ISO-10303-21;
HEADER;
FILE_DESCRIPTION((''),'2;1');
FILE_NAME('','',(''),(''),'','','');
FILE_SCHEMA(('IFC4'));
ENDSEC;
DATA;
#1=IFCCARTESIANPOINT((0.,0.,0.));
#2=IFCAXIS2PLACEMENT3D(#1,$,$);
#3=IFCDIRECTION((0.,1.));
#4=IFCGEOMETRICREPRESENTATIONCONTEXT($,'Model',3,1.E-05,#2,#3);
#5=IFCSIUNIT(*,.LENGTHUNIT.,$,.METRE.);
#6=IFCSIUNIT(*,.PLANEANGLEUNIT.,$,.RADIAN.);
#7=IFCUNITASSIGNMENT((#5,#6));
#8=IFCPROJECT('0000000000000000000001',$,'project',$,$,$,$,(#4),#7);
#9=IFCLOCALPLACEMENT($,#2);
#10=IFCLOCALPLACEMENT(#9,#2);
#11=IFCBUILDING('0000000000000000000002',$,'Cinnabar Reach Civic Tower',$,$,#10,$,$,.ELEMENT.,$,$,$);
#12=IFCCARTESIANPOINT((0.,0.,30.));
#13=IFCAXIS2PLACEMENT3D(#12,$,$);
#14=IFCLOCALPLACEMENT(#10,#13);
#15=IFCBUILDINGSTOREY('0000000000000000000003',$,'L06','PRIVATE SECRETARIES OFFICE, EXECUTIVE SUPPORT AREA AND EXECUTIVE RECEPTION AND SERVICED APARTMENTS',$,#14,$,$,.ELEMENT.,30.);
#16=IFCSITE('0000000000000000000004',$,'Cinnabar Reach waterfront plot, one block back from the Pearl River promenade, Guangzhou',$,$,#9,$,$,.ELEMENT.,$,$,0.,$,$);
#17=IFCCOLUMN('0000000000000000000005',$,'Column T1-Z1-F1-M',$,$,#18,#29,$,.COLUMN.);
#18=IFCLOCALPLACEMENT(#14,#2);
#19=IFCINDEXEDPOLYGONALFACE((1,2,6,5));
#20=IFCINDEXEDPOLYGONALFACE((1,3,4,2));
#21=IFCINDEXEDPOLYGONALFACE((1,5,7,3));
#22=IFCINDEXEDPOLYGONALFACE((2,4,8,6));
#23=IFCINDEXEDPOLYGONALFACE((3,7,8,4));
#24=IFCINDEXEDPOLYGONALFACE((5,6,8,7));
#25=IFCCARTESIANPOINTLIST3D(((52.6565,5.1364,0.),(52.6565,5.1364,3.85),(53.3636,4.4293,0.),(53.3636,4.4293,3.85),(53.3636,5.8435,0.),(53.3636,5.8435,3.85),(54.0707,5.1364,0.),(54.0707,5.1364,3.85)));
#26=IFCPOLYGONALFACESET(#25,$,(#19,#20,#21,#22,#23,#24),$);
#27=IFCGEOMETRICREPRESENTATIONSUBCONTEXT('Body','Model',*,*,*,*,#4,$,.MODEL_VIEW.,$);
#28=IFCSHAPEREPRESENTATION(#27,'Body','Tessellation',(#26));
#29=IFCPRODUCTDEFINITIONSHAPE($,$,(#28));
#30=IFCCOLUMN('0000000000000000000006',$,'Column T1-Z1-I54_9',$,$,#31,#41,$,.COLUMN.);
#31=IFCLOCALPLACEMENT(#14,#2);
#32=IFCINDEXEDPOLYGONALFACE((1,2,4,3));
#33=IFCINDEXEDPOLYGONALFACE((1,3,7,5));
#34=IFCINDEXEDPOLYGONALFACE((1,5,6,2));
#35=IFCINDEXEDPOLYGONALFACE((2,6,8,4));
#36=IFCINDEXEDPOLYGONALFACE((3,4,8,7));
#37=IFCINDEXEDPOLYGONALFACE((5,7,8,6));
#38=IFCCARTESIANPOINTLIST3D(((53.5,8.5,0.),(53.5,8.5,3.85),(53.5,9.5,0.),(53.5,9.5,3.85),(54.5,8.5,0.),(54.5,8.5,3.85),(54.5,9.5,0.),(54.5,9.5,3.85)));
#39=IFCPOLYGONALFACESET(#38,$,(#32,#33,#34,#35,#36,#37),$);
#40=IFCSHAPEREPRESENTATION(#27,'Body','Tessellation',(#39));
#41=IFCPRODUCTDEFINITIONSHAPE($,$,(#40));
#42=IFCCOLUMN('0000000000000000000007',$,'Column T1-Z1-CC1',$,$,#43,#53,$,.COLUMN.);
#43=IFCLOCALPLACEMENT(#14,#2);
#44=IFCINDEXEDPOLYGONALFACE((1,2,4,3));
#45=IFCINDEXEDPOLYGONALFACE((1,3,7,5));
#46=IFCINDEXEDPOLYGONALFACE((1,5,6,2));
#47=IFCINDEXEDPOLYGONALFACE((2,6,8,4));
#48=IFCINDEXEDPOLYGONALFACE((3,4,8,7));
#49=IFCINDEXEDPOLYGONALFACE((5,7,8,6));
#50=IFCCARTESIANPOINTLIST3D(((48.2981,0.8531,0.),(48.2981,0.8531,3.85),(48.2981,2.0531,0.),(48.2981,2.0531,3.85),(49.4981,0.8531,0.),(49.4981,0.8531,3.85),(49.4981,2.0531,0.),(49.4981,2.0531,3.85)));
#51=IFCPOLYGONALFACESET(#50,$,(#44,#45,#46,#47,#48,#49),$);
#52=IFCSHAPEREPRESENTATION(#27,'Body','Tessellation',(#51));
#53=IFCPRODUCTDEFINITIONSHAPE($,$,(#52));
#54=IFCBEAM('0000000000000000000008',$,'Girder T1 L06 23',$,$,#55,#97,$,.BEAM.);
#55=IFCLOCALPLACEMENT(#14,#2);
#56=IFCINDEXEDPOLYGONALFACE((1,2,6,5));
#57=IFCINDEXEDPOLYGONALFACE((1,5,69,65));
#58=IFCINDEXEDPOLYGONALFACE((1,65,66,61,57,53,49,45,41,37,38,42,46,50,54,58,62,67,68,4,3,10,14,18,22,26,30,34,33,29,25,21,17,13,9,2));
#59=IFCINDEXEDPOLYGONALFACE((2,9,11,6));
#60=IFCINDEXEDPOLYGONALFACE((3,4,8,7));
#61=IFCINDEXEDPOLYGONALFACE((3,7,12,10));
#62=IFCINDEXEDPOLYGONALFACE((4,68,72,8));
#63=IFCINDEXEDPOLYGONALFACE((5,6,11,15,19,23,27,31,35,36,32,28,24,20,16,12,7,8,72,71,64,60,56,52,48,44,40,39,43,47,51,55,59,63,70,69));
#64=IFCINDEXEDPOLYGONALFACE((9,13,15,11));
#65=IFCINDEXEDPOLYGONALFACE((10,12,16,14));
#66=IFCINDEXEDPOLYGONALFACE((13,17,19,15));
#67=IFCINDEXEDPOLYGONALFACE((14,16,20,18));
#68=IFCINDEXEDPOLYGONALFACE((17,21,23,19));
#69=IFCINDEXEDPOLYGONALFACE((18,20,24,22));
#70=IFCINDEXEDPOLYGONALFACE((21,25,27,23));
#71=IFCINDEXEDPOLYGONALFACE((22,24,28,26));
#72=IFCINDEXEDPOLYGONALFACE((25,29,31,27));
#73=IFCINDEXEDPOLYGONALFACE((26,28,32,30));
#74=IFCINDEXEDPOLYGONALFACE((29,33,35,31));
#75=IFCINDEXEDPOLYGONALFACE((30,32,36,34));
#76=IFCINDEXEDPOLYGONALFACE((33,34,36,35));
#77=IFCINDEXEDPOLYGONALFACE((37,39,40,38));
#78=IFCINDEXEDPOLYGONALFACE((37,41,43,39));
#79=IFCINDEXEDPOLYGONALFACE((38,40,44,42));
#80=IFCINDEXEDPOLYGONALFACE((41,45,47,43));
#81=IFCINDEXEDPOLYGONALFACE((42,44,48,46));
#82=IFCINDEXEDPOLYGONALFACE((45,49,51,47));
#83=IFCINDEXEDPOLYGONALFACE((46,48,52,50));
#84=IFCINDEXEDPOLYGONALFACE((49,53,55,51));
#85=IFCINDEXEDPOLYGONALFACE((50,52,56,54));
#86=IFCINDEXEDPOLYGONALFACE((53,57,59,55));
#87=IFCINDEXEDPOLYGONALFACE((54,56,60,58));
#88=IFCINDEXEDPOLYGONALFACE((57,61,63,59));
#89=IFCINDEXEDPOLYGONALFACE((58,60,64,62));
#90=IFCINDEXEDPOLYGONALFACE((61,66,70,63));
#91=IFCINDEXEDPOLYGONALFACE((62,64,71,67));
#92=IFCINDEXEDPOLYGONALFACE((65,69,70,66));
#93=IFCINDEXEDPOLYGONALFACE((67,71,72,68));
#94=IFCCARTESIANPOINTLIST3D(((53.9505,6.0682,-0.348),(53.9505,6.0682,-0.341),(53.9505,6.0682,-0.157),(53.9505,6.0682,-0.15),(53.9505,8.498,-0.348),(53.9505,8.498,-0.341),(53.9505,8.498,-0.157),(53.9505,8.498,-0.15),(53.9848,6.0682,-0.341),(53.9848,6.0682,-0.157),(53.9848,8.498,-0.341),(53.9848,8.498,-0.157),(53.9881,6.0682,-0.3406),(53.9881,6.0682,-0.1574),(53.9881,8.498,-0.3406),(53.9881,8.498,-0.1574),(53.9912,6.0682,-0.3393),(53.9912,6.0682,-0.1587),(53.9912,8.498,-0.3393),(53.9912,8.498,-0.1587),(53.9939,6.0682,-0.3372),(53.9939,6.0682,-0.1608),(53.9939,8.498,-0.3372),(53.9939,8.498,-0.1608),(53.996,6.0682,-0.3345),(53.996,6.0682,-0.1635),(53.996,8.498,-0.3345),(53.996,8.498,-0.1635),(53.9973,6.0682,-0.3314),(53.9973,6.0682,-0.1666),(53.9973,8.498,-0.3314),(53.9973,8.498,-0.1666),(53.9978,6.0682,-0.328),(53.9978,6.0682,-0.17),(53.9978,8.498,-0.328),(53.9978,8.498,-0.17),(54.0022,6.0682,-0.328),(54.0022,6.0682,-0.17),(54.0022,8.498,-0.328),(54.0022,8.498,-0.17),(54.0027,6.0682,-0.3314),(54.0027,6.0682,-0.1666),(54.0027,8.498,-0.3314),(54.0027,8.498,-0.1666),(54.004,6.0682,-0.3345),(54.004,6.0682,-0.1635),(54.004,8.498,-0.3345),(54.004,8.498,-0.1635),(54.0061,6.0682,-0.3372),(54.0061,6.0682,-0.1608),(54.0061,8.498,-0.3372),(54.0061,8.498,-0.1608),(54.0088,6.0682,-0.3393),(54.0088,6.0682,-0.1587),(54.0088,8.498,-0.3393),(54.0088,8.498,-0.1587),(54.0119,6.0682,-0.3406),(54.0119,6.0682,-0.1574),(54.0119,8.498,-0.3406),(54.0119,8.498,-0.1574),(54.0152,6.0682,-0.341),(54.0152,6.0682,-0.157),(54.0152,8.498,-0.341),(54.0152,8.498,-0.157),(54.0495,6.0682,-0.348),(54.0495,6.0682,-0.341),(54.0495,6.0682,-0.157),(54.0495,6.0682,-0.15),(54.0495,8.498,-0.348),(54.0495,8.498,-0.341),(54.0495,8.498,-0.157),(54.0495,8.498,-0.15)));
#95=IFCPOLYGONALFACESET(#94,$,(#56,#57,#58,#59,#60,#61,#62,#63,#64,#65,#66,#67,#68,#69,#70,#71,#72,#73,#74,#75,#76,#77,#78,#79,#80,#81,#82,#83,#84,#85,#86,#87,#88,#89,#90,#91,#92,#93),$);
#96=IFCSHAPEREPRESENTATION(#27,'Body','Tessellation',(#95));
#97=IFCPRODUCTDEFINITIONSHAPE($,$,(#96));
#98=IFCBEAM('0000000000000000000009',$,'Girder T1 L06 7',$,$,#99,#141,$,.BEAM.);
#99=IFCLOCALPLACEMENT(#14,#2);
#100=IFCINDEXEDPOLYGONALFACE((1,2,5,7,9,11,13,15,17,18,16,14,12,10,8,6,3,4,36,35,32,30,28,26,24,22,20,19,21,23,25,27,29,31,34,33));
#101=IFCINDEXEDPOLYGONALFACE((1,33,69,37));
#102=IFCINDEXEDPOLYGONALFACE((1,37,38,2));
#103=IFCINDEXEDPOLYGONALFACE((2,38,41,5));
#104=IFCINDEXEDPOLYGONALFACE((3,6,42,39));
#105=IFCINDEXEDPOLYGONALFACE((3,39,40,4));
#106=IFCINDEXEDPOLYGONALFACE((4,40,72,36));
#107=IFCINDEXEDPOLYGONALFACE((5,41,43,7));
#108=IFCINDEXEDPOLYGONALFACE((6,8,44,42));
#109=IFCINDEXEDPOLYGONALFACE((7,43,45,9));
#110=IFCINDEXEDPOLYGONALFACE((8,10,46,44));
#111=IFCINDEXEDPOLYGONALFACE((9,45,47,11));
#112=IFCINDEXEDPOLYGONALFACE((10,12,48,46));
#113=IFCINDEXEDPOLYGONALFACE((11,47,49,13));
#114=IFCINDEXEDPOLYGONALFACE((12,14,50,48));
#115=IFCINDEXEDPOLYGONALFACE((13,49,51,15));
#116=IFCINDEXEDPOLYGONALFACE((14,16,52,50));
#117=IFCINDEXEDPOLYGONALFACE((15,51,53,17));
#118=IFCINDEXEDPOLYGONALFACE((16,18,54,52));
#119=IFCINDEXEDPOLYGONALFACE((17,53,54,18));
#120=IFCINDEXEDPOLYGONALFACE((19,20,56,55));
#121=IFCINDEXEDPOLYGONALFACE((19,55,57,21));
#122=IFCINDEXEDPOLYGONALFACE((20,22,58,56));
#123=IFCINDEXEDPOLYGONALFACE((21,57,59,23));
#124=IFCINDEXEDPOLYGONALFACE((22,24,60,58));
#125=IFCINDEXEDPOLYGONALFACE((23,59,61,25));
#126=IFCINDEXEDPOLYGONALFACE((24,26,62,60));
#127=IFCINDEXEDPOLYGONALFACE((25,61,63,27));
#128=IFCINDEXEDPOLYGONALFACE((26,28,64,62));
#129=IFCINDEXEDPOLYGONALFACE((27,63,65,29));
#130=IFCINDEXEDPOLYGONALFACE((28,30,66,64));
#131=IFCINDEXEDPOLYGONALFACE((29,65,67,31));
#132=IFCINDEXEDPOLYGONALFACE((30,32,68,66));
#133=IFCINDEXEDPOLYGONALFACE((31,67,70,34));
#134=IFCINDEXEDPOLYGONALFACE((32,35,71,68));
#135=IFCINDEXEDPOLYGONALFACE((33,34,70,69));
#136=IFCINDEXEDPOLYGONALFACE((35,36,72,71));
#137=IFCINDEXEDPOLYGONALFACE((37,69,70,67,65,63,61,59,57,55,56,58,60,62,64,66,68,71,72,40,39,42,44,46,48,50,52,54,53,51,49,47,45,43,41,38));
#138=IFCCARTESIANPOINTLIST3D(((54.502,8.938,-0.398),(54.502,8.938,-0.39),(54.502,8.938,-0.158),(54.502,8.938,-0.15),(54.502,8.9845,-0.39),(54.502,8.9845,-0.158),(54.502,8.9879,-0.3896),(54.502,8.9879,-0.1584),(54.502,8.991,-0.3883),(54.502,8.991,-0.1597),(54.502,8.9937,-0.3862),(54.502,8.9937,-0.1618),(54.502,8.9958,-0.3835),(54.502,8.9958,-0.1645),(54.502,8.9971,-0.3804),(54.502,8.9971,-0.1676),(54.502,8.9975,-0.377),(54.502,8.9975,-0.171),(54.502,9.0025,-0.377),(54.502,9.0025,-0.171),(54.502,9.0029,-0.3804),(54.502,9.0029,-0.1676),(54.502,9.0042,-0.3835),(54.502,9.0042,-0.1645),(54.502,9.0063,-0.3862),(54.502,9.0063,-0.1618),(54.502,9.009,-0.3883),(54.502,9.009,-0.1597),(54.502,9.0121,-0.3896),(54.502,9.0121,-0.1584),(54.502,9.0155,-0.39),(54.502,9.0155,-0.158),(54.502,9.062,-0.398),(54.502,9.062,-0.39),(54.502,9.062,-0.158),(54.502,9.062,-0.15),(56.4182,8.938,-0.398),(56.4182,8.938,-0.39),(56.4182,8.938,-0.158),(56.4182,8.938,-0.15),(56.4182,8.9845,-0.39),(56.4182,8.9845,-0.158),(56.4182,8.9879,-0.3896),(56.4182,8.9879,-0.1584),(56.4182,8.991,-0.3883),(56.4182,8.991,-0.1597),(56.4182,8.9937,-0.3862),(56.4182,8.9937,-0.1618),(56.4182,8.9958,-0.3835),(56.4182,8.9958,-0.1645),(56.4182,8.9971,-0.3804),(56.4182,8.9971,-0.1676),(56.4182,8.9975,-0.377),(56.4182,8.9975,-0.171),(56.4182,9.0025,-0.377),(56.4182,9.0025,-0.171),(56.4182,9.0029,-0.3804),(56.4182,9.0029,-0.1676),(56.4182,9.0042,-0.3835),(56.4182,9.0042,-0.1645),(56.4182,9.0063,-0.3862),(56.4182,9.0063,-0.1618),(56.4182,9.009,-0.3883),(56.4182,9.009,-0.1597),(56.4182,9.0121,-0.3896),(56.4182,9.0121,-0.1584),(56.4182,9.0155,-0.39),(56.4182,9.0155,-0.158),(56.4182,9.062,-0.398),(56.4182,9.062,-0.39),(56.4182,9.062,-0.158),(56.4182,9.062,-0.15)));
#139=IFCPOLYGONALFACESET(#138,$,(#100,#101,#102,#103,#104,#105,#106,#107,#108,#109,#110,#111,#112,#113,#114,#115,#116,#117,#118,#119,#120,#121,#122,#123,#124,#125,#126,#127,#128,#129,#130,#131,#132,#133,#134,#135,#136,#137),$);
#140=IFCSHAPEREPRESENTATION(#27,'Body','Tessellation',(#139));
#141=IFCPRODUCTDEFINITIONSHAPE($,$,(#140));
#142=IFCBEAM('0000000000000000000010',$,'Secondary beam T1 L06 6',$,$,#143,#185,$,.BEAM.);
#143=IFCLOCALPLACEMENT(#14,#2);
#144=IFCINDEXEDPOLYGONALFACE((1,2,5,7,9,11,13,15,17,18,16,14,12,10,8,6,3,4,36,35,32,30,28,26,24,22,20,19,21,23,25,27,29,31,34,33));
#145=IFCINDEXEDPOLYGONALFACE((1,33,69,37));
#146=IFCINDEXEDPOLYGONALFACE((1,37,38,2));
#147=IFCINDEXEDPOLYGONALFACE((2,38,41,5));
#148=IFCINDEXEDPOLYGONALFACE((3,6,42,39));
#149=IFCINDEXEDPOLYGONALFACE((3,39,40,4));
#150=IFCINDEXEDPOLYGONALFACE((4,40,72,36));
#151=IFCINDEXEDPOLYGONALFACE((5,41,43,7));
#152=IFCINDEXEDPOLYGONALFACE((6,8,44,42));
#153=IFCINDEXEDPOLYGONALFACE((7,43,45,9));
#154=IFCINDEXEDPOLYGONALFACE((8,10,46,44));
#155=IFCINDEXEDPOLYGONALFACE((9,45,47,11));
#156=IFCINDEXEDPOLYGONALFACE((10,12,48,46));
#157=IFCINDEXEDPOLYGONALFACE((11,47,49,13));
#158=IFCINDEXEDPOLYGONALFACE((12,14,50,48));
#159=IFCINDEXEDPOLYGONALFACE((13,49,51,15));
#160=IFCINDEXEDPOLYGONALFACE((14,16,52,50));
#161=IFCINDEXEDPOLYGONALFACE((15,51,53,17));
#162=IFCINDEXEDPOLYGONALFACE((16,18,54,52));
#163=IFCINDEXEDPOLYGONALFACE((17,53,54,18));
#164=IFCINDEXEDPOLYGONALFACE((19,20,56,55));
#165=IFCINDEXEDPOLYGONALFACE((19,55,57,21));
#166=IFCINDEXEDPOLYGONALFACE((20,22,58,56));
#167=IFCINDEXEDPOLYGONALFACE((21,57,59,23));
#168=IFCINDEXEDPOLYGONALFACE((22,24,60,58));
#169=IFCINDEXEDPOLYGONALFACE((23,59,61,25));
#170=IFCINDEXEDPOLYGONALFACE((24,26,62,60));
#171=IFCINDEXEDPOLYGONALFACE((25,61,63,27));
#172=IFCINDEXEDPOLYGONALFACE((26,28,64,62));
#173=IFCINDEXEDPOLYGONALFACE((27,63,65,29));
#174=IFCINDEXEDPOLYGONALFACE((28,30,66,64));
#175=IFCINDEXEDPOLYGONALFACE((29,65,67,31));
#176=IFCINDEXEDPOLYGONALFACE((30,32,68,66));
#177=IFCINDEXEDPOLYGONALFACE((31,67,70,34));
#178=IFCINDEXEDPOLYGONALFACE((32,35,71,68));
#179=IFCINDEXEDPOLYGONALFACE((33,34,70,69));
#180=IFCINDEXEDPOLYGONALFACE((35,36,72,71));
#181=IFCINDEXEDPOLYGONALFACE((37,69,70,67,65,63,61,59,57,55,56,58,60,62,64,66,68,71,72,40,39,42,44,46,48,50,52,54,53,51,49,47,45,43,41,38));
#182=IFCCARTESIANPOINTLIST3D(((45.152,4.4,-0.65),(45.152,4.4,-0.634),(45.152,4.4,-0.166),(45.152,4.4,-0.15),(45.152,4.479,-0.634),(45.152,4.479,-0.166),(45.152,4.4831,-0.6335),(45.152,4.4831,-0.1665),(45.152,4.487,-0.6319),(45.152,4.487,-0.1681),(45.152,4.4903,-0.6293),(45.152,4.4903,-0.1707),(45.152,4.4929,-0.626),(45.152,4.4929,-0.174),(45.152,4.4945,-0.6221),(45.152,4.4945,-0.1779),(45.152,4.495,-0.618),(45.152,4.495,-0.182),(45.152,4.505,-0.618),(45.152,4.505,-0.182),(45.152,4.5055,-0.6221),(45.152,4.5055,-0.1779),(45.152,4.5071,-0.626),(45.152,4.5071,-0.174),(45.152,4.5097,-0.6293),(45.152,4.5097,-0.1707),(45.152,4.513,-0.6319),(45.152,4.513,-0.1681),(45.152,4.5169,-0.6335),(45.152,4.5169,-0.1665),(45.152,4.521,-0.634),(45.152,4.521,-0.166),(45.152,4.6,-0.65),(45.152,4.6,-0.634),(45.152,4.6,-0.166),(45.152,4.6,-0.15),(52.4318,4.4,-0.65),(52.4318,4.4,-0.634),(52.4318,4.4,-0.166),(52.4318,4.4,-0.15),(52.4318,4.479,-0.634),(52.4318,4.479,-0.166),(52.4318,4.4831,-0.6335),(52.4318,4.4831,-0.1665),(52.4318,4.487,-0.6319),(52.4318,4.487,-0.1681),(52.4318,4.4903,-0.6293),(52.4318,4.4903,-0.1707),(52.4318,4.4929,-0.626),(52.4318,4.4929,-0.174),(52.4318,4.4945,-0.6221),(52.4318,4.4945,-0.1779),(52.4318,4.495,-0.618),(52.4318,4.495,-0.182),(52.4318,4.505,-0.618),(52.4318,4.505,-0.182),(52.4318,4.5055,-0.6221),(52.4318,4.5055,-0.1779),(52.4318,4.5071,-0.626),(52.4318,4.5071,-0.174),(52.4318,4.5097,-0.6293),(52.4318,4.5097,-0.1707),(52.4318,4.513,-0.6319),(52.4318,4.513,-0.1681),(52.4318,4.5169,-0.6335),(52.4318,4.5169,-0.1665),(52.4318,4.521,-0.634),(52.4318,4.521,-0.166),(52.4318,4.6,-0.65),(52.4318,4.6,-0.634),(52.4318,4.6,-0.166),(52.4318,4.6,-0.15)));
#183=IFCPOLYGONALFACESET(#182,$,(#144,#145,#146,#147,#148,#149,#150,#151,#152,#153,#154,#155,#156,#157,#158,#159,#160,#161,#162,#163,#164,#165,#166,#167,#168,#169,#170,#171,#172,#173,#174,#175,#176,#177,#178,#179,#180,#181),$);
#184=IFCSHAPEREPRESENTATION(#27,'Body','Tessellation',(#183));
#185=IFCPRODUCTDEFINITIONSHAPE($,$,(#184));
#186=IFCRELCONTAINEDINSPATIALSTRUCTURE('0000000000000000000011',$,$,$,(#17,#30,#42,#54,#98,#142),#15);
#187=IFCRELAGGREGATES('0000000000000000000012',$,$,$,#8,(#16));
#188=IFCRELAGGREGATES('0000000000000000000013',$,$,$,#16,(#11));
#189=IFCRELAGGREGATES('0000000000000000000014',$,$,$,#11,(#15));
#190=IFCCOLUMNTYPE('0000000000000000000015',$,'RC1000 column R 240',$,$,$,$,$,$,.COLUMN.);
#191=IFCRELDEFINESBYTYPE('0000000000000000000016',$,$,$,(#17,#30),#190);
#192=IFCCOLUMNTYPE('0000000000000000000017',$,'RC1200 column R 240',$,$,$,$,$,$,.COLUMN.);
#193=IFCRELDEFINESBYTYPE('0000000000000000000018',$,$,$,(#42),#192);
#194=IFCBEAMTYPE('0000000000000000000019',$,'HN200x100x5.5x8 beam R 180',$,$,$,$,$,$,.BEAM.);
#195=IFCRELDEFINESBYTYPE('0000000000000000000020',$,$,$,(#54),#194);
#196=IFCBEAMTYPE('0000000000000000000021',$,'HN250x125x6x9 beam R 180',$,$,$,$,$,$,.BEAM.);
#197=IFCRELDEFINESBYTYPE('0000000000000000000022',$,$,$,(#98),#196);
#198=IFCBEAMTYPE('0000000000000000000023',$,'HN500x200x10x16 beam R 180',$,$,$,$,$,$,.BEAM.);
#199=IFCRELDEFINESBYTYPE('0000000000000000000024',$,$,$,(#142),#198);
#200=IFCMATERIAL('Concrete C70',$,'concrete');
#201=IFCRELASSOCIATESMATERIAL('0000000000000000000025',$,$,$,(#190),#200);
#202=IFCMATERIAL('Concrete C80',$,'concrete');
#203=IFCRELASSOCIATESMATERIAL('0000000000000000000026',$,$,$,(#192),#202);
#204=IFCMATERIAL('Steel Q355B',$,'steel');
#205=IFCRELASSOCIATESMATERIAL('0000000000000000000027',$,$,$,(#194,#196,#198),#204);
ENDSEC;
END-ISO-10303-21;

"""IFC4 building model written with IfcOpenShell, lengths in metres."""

from ifc_helpers import new_model, si_unit, direction, frame, origin, origin_2d, place, context, subcontext, project, spatial, rectangle, i_section, extrude, material, material_profile, profile_set, type_object, element, save


model = new_model("IFC4")

# Units and contexts
model_context = context("Model", 3, precision=1e-05, world=origin(), true_north=direction((0.0, 1.0)))
body_context = subcontext(model_context, "Body", "Model", "MODEL_VIEW")
ifc_project = project(units=[si_unit("LENGTHUNIT", "METRE"), si_unit("PLANEANGLEUNIT", "RADIAN")], contexts=[model_context])

# Site, building, storey
site_placement = place(None, origin())
site = spatial("IfcSite", under=ifc_project, at=site_placement, Name="Cinnabar Reach waterfront plot, one block back from the Pearl River promenade, Guangzhou", CompositionType="ELEMENT", RefElevation=0.0)
building_placement = place(site_placement, origin())
building = spatial("IfcBuilding", under=site, at=building_placement, Name="Cinnabar Reach Civic Tower", CompositionType="ELEMENT")
storey_placement = place(building_placement, frame((0.0, 0.0, 30.0)))
storey = spatial("IfcBuildingStorey", under=building, at=storey_placement, Name="L06", Description="PRIVATE SECRETARIES OFFICE, EXECUTIVE SUPPORT AREA AND EXECUTIVE RECEPTION AND SERVICED APARTMENTS", CompositionType="ELEMENT", Elevation=30.0)

# Columns
ifc_material_1 = material(Name="Concrete C70", Category="concrete")
ifc_material_profile_1 = material_profile(ifc_material_1, rectangle(XDim=1.0, YDim=1.0, at=origin_2d()), Name="RC1000")
ifc_profile_set_1 = profile_set([ifc_material_profile_1], Name="Concrete C70")
column_type_1 = type_object("IfcColumnType", Name="RC1000 column R 240", PredefinedType="COLUMN", material=ifc_profile_set_1)
for number, where, z_axis, x_axis, name in (
    (1, (53.3636, 5.1364, 0.0), (0.0, 0.0, 1.0), (0.707107, 0.707107, 0.0), "Column T1-Z1-F1-M"),
    (2, (54.0, 9.0, 0.0), (0.0, 0.0, 1.0), (1.0, 0.0, 0.0), "Column T1-Z1-I54_9"),
):
    element("IfcColumn", number, at=place(storey_placement, frame(where, z_axis=z_axis, x_axis=x_axis)), inside=storey, type_object=column_type_1, Name=name, PredefinedType="COLUMN", context=body_context, shape_type="SweptSolid", body=[
        extrude(rectangle(XDim=1.0, YDim=1.0, at=origin_2d()), origin(), (0.0, 0.0, 1.0), 3.85),
    ])
ifc_material_2 = material(Name="Concrete C80", Category="concrete")
ifc_material_profile_2 = material_profile(ifc_material_2, rectangle(XDim=1.2, YDim=1.2, at=origin_2d()), Name="RC1200")
ifc_profile_set_2 = profile_set([ifc_material_profile_2], Name="Concrete C80")
column_type_2 = type_object("IfcColumnType", Name="RC1200 column R 240", PredefinedType="COLUMN", material=ifc_profile_set_2)
column_placement = place(storey_placement, frame((48.8981, 1.4531, 0.0), z_axis=(0.0, 0.0, 1.0), x_axis=(1.0, 0.0, 0.0)))
element("IfcColumn", 3, at=column_placement, inside=storey, type_object=column_type_2, Name="Column T1-Z1-CC1", PredefinedType="COLUMN", context=body_context, shape_type="SweptSolid", body=[
    extrude(rectangle(XDim=1.2, YDim=1.2, at=origin_2d()), origin(), (0.0, 0.0, 1.0), 3.85),
])

# Beams
ifc_material_3 = material(Name="Steel Q355B", Category="steel")
ifc_material_profile_3 = material_profile(ifc_material_3, i_section(OverallWidth=0.099, OverallDepth=0.198, WebThickness=0.0045, FlangeThickness=0.007, FilletRadius=0.013, at=origin_2d()), Name="HN200x100x5.5x8")
ifc_profile_set_3 = profile_set([ifc_material_profile_3], Name="Steel Q355B")
beam_type_1 = type_object("IfcBeamType", Name="HN200x100x5.5x8 beam R 180", PredefinedType="BEAM", material=ifc_profile_set_3)
beam_1_placement = place(storey_placement, frame((54.0, 6.0682, -0.249), z_axis=(0.0, 1.0, 0.0), x_axis=(-1.0, 0.0, 0.0)))
element("IfcBeam", 4, at=beam_1_placement, inside=storey, type_object=beam_type_1, Name="Girder T1 L06 23", PredefinedType="BEAM", context=body_context, shape_type="SweptSolid", body=[
    extrude(i_section(OverallWidth=0.099, OverallDepth=0.198, WebThickness=0.0045, FlangeThickness=0.007, FilletRadius=0.013, at=origin_2d()), origin(), (0.0, 0.0, 1.0), 2.4298),
])
ifc_material_profile_4 = material_profile(ifc_material_3, i_section(OverallWidth=0.124, OverallDepth=0.248, WebThickness=0.005, FlangeThickness=0.008, FilletRadius=0.013, at=origin_2d()), Name="HN250x125x6x9")
ifc_profile_set_4 = profile_set([ifc_material_profile_4], Name="Steel Q355B")
beam_type_2 = type_object("IfcBeamType", Name="HN250x125x6x9 beam R 180", PredefinedType="BEAM", material=ifc_profile_set_4)
beam_2_placement = place(storey_placement, frame((54.502, 9.0, -0.274), z_axis=(1.0, 0.0, 0.0), x_axis=(0.0, 1.0, 0.0)))
element("IfcBeam", 5, at=beam_2_placement, inside=storey, type_object=beam_type_2, Name="Girder T1 L06 7", PredefinedType="BEAM", context=body_context, shape_type="SweptSolid", body=[
    extrude(i_section(OverallWidth=0.124, OverallDepth=0.248, WebThickness=0.005, FlangeThickness=0.008, FilletRadius=0.013, at=origin_2d()), origin(), (0.0, 0.0, 1.0), 1.9162),
])
ifc_material_profile_5 = material_profile(ifc_material_3, i_section(OverallWidth=0.2, OverallDepth=0.5, WebThickness=0.01, FlangeThickness=0.016, FilletRadius=0.016, at=origin_2d()), Name="HN500x200x10x16")
ifc_profile_set_5 = profile_set([ifc_material_profile_5], Name="Steel Q355B")
beam_type_3 = type_object("IfcBeamType", Name="HN500x200x10x16 beam R 180", PredefinedType="BEAM", material=ifc_profile_set_5)
beam_3_placement = place(storey_placement, frame((45.152, 4.5, -0.4), z_axis=(1.0, 0.0, 0.0), x_axis=(0.0, 1.0, 0.0)))
element("IfcBeam", 6, at=beam_3_placement, inside=storey, type_object=beam_type_3, Name="Secondary beam T1 L06 6", PredefinedType="BEAM", context=body_context, shape_type="SweptSolid", body=[
    extrude(i_section(OverallWidth=0.2, OverallDepth=0.5, WebThickness=0.01, FlangeThickness=0.016, FilletRadius=0.016, at=origin_2d()), origin(), (0.0, 0.0, 1.0), 7.2798),
])

save(model, "model.ifc")
